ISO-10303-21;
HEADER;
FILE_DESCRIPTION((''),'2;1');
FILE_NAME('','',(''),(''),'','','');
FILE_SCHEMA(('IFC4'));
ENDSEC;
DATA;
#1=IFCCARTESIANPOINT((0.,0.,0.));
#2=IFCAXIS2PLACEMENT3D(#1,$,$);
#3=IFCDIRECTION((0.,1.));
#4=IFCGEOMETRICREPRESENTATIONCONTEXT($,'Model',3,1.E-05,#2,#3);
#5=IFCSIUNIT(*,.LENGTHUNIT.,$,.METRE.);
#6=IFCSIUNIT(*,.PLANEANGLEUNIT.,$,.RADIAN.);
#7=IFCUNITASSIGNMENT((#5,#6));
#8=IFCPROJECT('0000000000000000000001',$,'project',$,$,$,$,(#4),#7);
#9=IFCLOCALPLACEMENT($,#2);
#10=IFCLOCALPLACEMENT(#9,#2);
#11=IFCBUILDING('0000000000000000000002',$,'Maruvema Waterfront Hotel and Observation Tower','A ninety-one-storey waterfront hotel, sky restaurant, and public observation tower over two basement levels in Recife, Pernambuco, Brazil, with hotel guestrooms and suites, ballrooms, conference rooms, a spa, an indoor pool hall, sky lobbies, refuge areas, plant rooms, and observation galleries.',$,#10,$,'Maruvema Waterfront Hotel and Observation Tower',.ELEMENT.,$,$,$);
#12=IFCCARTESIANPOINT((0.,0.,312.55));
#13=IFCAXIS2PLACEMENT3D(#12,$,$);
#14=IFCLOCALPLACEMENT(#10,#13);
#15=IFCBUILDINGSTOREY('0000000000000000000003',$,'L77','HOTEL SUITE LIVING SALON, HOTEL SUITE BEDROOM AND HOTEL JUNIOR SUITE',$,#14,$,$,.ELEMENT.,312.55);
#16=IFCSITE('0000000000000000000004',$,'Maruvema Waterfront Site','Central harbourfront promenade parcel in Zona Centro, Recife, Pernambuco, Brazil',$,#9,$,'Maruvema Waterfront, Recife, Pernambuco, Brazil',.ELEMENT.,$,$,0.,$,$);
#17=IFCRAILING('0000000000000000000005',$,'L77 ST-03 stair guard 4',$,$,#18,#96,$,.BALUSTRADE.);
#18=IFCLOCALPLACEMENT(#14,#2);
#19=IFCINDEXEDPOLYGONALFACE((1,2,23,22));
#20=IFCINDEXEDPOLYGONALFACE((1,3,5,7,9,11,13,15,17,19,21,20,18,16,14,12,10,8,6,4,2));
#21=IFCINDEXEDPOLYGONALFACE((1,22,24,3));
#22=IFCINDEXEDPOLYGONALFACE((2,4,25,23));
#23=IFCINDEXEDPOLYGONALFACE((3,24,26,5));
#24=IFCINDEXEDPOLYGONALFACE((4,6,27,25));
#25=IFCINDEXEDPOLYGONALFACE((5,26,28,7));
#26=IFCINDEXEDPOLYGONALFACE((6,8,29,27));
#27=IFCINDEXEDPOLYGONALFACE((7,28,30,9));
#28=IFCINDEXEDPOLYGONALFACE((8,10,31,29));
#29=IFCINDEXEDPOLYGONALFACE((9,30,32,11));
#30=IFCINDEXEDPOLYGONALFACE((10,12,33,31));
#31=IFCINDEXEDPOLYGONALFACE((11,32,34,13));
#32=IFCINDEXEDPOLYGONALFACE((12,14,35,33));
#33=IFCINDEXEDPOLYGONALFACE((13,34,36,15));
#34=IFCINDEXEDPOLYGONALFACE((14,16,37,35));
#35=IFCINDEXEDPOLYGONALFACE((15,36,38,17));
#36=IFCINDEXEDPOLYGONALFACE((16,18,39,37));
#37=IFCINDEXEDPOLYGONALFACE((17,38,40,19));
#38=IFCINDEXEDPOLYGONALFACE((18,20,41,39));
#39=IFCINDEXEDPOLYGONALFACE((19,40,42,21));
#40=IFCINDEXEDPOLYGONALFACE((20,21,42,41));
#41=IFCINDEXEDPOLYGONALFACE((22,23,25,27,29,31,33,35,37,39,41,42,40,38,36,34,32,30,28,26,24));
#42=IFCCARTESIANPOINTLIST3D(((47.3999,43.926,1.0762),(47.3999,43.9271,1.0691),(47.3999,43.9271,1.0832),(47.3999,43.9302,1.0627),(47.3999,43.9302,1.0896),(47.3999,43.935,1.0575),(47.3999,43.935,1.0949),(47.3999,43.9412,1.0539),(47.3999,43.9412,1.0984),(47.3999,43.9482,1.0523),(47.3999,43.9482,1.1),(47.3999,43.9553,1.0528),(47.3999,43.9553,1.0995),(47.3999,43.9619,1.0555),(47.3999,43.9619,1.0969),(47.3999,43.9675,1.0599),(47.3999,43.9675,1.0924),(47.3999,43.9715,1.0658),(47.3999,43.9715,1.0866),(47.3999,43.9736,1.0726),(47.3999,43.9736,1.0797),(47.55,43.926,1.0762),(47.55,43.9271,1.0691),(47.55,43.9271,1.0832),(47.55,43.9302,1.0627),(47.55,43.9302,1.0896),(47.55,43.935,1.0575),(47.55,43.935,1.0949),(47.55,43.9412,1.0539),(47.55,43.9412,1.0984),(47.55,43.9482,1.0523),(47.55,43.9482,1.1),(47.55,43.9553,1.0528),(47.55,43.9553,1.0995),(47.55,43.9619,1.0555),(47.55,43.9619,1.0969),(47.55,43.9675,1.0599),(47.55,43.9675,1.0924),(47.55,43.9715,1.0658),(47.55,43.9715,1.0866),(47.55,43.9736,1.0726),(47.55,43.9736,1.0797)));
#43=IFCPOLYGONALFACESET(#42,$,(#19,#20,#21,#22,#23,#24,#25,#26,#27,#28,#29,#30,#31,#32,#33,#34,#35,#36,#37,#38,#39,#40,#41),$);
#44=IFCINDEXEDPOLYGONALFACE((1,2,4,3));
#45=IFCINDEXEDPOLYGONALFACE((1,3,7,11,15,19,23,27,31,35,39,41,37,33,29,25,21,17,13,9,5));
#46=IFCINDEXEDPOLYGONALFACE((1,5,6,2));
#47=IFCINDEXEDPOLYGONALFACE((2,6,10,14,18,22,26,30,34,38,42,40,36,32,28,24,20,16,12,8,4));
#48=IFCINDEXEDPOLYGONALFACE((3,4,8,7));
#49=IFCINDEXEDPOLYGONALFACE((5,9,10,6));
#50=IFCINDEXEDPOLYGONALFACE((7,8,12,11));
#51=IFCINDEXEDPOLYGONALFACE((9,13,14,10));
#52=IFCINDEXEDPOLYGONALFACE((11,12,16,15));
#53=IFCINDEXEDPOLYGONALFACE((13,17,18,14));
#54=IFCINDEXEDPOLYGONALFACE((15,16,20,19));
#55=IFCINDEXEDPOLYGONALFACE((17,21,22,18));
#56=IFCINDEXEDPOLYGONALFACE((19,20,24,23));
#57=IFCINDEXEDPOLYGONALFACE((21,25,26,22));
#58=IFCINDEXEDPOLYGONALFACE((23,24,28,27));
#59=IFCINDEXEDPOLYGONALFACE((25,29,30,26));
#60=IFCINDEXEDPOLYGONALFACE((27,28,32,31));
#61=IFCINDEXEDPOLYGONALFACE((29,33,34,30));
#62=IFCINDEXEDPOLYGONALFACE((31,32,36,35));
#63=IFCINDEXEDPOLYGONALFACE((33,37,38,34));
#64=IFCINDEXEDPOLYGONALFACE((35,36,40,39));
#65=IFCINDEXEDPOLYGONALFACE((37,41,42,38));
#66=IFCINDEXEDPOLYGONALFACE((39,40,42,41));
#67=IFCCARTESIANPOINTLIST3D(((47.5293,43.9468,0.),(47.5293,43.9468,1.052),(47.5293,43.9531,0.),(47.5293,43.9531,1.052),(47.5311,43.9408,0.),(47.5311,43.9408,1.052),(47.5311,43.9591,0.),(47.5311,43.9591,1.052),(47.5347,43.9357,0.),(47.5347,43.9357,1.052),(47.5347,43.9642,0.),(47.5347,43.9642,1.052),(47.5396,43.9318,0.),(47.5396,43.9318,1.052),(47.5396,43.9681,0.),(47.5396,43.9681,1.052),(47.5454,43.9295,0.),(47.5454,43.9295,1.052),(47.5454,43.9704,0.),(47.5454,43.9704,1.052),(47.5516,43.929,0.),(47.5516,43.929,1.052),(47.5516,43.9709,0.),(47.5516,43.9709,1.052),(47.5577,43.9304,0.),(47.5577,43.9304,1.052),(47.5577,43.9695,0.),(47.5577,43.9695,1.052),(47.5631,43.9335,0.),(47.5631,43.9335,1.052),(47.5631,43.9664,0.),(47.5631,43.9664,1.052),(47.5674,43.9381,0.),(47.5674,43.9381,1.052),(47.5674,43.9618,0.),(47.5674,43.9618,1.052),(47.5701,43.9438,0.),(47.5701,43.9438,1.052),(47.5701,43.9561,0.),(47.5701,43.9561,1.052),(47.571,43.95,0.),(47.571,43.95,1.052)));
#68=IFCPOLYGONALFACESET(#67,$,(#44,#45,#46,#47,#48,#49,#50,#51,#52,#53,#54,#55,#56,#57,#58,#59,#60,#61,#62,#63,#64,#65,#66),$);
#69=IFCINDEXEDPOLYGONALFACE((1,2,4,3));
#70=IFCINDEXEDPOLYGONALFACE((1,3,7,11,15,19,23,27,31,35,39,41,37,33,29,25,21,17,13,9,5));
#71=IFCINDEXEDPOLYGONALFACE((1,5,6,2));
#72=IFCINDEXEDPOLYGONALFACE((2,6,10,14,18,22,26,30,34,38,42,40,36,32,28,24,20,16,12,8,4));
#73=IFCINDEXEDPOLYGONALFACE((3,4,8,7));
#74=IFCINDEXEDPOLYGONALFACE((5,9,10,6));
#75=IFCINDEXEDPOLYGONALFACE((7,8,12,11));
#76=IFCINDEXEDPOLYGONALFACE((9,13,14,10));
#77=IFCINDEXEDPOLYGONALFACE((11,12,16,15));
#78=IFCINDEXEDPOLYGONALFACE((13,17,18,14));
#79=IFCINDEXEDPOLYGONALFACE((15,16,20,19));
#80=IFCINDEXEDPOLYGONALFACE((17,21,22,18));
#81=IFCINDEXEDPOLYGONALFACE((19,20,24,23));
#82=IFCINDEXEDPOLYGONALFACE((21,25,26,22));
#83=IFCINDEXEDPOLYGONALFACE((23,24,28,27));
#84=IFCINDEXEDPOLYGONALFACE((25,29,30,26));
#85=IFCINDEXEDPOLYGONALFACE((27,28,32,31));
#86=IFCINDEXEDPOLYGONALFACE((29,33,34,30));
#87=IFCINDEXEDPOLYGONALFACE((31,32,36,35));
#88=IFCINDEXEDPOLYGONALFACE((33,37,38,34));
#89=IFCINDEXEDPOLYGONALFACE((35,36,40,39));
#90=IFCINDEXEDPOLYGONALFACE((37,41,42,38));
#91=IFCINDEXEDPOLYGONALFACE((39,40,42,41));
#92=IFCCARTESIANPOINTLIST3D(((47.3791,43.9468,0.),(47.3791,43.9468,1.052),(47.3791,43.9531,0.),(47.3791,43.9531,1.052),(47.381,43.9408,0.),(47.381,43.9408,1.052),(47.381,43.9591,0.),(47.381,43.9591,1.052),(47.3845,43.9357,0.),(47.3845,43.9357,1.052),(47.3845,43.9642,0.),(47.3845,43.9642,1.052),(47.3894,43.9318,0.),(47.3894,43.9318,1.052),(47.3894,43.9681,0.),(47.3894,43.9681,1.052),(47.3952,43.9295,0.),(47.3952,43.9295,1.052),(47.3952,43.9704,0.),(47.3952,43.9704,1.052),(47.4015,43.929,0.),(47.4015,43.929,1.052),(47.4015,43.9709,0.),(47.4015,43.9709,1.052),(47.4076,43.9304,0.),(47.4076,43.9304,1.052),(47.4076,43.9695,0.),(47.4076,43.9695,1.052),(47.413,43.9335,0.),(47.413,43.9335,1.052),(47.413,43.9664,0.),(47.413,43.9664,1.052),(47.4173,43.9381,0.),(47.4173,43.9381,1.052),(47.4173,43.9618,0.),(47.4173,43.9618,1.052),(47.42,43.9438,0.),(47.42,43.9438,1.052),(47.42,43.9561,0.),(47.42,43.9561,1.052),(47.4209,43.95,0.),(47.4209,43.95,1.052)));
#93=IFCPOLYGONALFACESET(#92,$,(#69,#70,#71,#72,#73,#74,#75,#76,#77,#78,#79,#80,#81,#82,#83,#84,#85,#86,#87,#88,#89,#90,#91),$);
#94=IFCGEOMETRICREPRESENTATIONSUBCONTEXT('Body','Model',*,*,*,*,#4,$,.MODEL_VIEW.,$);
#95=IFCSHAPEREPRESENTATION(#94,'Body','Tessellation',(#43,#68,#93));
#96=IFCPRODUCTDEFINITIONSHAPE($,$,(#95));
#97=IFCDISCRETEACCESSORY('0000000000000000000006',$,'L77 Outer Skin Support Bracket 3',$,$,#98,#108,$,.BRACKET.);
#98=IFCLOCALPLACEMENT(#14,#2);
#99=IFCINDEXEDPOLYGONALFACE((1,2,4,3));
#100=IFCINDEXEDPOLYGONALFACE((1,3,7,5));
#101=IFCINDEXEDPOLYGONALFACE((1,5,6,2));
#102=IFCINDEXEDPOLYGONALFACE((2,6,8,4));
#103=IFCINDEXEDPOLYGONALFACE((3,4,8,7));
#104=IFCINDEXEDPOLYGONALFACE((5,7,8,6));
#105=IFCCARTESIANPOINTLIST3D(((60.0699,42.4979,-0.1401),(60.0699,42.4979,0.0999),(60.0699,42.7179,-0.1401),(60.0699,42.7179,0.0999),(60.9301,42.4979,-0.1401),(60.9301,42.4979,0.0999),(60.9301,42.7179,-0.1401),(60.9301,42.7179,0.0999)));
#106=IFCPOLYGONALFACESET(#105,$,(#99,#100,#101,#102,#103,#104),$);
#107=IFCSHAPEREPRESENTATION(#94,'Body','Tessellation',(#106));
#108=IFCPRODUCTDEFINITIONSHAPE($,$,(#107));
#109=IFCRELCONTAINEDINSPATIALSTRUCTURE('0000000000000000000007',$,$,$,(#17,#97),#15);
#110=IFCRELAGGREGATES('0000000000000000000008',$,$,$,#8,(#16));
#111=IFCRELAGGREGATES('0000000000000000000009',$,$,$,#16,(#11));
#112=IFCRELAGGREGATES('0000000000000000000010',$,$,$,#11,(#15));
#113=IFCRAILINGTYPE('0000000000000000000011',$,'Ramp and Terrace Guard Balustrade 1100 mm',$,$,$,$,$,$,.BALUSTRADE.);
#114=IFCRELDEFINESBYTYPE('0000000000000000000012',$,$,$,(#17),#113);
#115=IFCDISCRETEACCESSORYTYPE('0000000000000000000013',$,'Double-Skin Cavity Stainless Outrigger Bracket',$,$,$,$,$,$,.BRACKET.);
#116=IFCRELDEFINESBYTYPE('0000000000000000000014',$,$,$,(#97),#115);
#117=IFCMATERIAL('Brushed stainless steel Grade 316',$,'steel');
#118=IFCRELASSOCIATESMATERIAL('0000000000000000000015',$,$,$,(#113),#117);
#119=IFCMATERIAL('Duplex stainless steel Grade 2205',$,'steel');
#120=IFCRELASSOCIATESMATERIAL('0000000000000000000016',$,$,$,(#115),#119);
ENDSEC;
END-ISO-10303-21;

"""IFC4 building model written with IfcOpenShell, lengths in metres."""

from ifc_helpers import new_model, si_unit, direction, frame, origin, origin_2d, place, context, subcontext, project, spatial, rectangle, circle, extrude, material, type_object, element, save


model = new_model("IFC4")

# Units and contexts
model_context = context("Model", 3, precision=1e-05, world=origin(), true_north=direction((0.0, 1.0)))
body_context = subcontext(model_context, "Body", "Model", "MODEL_VIEW")
ifc_project = project(units=[si_unit("LENGTHUNIT", "METRE"), si_unit("PLANEANGLEUNIT", "RADIAN")], contexts=[model_context])

# Site, building, storey
site_placement = place(None, origin())
site = spatial("IfcSite", under=ifc_project, at=site_placement, Name="Maruvema Waterfront Site", Description="Central harbourfront promenade parcel in Zona Centro, Recife, Pernambuco, Brazil", LongName="Maruvema Waterfront, Recife, Pernambuco, Brazil", CompositionType="ELEMENT", RefElevation=0.0)
building_placement = place(site_placement, origin())
building = spatial("IfcBuilding", under=site, at=building_placement, Name="Maruvema Waterfront Hotel and Observation Tower", Description="A ninety-one-storey waterfront hotel, sky restaurant, and public observation tower over two basement levels in Recife, Pernambuco, Brazil, with hotel guestrooms and suites, ballrooms, conference rooms, a spa, an indoor pool hall, sky lobbies, refuge areas, plant rooms, and observation galleries.", LongName="Maruvema Waterfront Hotel and Observation Tower", CompositionType="ELEMENT")
storey_placement = place(building_placement, frame((0.0, 0.0, 312.55)))
storey = spatial("IfcBuildingStorey", under=building, at=storey_placement, Name="L77", Description="HOTEL SUITE LIVING SALON, HOTEL SUITE BEDROOM AND HOTEL JUNIOR SUITE", CompositionType="ELEMENT", Elevation=312.55)

# Railing
ifc_material_1 = material(Name="Brushed stainless steel Grade 316", Category="steel")
railing_type = type_object("IfcRailingType", Name="Ramp and Terrace Guard Balustrade 1100 mm", PredefinedType="BALUSTRADE", material=ifc_material_1)
railing_1_placement = place(storey_placement, frame((47.55, 43.95, 0.0)))
element("IfcRailing", 1, at=railing_1_placement, inside=storey, type_object=railing_type, Name="L77 ST-03 stair guard 4", PredefinedType="BALUSTRADE", context=body_context, shape_type="SweptSolid", body=[
    extrude(circle(Radius=0.0239, at=origin_2d()), frame((0.0, 0.0, 1.0762), z_axis=(-1.0, 0.0, 0.0), x_axis=(0.0, -1.0, 0.0)), (0.0, 0.0, 1.0), 0.1501),
    extrude(circle(Radius=0.021, at=origin_2d()), origin(), (0.0, 0.0, 1.0), 1.052),
    extrude(circle(Radius=0.021, at=origin_2d()), frame((-0.1501, 0.0, 0.0)), (0.0, 0.0, 1.0), 1.052),
])

# Discrete accessory
ifc_material_2 = material(Name="Duplex stainless steel Grade 2205", Category="steel")
discrete_accessory_type = type_object("IfcDiscreteAccessoryType", Name="Double-Skin Cavity Stainless Outrigger Bracket", PredefinedType="BRACKET", material=ifc_material_2)
discrete_accessory_placement = place(storey_placement, frame((60.5, 42.6079, -0.1401), z_axis=(0.0, 0.0, 1.0), x_axis=(0.0, 1.0, 0.0)))
element("IfcDiscreteAccessory", 2, at=discrete_accessory_placement, inside=storey, type_object=discrete_accessory_type, Name="L77 Outer Skin Support Bracket 3", PredefinedType="BRACKET", context=body_context, shape_type="SweptSolid", body=[
    extrude(rectangle(XDim=0.22, YDim=0.8601, at=origin_2d()), origin(), (0.0, 0.0, 1.0), 0.24),
])

save(model, "model.ifc")
